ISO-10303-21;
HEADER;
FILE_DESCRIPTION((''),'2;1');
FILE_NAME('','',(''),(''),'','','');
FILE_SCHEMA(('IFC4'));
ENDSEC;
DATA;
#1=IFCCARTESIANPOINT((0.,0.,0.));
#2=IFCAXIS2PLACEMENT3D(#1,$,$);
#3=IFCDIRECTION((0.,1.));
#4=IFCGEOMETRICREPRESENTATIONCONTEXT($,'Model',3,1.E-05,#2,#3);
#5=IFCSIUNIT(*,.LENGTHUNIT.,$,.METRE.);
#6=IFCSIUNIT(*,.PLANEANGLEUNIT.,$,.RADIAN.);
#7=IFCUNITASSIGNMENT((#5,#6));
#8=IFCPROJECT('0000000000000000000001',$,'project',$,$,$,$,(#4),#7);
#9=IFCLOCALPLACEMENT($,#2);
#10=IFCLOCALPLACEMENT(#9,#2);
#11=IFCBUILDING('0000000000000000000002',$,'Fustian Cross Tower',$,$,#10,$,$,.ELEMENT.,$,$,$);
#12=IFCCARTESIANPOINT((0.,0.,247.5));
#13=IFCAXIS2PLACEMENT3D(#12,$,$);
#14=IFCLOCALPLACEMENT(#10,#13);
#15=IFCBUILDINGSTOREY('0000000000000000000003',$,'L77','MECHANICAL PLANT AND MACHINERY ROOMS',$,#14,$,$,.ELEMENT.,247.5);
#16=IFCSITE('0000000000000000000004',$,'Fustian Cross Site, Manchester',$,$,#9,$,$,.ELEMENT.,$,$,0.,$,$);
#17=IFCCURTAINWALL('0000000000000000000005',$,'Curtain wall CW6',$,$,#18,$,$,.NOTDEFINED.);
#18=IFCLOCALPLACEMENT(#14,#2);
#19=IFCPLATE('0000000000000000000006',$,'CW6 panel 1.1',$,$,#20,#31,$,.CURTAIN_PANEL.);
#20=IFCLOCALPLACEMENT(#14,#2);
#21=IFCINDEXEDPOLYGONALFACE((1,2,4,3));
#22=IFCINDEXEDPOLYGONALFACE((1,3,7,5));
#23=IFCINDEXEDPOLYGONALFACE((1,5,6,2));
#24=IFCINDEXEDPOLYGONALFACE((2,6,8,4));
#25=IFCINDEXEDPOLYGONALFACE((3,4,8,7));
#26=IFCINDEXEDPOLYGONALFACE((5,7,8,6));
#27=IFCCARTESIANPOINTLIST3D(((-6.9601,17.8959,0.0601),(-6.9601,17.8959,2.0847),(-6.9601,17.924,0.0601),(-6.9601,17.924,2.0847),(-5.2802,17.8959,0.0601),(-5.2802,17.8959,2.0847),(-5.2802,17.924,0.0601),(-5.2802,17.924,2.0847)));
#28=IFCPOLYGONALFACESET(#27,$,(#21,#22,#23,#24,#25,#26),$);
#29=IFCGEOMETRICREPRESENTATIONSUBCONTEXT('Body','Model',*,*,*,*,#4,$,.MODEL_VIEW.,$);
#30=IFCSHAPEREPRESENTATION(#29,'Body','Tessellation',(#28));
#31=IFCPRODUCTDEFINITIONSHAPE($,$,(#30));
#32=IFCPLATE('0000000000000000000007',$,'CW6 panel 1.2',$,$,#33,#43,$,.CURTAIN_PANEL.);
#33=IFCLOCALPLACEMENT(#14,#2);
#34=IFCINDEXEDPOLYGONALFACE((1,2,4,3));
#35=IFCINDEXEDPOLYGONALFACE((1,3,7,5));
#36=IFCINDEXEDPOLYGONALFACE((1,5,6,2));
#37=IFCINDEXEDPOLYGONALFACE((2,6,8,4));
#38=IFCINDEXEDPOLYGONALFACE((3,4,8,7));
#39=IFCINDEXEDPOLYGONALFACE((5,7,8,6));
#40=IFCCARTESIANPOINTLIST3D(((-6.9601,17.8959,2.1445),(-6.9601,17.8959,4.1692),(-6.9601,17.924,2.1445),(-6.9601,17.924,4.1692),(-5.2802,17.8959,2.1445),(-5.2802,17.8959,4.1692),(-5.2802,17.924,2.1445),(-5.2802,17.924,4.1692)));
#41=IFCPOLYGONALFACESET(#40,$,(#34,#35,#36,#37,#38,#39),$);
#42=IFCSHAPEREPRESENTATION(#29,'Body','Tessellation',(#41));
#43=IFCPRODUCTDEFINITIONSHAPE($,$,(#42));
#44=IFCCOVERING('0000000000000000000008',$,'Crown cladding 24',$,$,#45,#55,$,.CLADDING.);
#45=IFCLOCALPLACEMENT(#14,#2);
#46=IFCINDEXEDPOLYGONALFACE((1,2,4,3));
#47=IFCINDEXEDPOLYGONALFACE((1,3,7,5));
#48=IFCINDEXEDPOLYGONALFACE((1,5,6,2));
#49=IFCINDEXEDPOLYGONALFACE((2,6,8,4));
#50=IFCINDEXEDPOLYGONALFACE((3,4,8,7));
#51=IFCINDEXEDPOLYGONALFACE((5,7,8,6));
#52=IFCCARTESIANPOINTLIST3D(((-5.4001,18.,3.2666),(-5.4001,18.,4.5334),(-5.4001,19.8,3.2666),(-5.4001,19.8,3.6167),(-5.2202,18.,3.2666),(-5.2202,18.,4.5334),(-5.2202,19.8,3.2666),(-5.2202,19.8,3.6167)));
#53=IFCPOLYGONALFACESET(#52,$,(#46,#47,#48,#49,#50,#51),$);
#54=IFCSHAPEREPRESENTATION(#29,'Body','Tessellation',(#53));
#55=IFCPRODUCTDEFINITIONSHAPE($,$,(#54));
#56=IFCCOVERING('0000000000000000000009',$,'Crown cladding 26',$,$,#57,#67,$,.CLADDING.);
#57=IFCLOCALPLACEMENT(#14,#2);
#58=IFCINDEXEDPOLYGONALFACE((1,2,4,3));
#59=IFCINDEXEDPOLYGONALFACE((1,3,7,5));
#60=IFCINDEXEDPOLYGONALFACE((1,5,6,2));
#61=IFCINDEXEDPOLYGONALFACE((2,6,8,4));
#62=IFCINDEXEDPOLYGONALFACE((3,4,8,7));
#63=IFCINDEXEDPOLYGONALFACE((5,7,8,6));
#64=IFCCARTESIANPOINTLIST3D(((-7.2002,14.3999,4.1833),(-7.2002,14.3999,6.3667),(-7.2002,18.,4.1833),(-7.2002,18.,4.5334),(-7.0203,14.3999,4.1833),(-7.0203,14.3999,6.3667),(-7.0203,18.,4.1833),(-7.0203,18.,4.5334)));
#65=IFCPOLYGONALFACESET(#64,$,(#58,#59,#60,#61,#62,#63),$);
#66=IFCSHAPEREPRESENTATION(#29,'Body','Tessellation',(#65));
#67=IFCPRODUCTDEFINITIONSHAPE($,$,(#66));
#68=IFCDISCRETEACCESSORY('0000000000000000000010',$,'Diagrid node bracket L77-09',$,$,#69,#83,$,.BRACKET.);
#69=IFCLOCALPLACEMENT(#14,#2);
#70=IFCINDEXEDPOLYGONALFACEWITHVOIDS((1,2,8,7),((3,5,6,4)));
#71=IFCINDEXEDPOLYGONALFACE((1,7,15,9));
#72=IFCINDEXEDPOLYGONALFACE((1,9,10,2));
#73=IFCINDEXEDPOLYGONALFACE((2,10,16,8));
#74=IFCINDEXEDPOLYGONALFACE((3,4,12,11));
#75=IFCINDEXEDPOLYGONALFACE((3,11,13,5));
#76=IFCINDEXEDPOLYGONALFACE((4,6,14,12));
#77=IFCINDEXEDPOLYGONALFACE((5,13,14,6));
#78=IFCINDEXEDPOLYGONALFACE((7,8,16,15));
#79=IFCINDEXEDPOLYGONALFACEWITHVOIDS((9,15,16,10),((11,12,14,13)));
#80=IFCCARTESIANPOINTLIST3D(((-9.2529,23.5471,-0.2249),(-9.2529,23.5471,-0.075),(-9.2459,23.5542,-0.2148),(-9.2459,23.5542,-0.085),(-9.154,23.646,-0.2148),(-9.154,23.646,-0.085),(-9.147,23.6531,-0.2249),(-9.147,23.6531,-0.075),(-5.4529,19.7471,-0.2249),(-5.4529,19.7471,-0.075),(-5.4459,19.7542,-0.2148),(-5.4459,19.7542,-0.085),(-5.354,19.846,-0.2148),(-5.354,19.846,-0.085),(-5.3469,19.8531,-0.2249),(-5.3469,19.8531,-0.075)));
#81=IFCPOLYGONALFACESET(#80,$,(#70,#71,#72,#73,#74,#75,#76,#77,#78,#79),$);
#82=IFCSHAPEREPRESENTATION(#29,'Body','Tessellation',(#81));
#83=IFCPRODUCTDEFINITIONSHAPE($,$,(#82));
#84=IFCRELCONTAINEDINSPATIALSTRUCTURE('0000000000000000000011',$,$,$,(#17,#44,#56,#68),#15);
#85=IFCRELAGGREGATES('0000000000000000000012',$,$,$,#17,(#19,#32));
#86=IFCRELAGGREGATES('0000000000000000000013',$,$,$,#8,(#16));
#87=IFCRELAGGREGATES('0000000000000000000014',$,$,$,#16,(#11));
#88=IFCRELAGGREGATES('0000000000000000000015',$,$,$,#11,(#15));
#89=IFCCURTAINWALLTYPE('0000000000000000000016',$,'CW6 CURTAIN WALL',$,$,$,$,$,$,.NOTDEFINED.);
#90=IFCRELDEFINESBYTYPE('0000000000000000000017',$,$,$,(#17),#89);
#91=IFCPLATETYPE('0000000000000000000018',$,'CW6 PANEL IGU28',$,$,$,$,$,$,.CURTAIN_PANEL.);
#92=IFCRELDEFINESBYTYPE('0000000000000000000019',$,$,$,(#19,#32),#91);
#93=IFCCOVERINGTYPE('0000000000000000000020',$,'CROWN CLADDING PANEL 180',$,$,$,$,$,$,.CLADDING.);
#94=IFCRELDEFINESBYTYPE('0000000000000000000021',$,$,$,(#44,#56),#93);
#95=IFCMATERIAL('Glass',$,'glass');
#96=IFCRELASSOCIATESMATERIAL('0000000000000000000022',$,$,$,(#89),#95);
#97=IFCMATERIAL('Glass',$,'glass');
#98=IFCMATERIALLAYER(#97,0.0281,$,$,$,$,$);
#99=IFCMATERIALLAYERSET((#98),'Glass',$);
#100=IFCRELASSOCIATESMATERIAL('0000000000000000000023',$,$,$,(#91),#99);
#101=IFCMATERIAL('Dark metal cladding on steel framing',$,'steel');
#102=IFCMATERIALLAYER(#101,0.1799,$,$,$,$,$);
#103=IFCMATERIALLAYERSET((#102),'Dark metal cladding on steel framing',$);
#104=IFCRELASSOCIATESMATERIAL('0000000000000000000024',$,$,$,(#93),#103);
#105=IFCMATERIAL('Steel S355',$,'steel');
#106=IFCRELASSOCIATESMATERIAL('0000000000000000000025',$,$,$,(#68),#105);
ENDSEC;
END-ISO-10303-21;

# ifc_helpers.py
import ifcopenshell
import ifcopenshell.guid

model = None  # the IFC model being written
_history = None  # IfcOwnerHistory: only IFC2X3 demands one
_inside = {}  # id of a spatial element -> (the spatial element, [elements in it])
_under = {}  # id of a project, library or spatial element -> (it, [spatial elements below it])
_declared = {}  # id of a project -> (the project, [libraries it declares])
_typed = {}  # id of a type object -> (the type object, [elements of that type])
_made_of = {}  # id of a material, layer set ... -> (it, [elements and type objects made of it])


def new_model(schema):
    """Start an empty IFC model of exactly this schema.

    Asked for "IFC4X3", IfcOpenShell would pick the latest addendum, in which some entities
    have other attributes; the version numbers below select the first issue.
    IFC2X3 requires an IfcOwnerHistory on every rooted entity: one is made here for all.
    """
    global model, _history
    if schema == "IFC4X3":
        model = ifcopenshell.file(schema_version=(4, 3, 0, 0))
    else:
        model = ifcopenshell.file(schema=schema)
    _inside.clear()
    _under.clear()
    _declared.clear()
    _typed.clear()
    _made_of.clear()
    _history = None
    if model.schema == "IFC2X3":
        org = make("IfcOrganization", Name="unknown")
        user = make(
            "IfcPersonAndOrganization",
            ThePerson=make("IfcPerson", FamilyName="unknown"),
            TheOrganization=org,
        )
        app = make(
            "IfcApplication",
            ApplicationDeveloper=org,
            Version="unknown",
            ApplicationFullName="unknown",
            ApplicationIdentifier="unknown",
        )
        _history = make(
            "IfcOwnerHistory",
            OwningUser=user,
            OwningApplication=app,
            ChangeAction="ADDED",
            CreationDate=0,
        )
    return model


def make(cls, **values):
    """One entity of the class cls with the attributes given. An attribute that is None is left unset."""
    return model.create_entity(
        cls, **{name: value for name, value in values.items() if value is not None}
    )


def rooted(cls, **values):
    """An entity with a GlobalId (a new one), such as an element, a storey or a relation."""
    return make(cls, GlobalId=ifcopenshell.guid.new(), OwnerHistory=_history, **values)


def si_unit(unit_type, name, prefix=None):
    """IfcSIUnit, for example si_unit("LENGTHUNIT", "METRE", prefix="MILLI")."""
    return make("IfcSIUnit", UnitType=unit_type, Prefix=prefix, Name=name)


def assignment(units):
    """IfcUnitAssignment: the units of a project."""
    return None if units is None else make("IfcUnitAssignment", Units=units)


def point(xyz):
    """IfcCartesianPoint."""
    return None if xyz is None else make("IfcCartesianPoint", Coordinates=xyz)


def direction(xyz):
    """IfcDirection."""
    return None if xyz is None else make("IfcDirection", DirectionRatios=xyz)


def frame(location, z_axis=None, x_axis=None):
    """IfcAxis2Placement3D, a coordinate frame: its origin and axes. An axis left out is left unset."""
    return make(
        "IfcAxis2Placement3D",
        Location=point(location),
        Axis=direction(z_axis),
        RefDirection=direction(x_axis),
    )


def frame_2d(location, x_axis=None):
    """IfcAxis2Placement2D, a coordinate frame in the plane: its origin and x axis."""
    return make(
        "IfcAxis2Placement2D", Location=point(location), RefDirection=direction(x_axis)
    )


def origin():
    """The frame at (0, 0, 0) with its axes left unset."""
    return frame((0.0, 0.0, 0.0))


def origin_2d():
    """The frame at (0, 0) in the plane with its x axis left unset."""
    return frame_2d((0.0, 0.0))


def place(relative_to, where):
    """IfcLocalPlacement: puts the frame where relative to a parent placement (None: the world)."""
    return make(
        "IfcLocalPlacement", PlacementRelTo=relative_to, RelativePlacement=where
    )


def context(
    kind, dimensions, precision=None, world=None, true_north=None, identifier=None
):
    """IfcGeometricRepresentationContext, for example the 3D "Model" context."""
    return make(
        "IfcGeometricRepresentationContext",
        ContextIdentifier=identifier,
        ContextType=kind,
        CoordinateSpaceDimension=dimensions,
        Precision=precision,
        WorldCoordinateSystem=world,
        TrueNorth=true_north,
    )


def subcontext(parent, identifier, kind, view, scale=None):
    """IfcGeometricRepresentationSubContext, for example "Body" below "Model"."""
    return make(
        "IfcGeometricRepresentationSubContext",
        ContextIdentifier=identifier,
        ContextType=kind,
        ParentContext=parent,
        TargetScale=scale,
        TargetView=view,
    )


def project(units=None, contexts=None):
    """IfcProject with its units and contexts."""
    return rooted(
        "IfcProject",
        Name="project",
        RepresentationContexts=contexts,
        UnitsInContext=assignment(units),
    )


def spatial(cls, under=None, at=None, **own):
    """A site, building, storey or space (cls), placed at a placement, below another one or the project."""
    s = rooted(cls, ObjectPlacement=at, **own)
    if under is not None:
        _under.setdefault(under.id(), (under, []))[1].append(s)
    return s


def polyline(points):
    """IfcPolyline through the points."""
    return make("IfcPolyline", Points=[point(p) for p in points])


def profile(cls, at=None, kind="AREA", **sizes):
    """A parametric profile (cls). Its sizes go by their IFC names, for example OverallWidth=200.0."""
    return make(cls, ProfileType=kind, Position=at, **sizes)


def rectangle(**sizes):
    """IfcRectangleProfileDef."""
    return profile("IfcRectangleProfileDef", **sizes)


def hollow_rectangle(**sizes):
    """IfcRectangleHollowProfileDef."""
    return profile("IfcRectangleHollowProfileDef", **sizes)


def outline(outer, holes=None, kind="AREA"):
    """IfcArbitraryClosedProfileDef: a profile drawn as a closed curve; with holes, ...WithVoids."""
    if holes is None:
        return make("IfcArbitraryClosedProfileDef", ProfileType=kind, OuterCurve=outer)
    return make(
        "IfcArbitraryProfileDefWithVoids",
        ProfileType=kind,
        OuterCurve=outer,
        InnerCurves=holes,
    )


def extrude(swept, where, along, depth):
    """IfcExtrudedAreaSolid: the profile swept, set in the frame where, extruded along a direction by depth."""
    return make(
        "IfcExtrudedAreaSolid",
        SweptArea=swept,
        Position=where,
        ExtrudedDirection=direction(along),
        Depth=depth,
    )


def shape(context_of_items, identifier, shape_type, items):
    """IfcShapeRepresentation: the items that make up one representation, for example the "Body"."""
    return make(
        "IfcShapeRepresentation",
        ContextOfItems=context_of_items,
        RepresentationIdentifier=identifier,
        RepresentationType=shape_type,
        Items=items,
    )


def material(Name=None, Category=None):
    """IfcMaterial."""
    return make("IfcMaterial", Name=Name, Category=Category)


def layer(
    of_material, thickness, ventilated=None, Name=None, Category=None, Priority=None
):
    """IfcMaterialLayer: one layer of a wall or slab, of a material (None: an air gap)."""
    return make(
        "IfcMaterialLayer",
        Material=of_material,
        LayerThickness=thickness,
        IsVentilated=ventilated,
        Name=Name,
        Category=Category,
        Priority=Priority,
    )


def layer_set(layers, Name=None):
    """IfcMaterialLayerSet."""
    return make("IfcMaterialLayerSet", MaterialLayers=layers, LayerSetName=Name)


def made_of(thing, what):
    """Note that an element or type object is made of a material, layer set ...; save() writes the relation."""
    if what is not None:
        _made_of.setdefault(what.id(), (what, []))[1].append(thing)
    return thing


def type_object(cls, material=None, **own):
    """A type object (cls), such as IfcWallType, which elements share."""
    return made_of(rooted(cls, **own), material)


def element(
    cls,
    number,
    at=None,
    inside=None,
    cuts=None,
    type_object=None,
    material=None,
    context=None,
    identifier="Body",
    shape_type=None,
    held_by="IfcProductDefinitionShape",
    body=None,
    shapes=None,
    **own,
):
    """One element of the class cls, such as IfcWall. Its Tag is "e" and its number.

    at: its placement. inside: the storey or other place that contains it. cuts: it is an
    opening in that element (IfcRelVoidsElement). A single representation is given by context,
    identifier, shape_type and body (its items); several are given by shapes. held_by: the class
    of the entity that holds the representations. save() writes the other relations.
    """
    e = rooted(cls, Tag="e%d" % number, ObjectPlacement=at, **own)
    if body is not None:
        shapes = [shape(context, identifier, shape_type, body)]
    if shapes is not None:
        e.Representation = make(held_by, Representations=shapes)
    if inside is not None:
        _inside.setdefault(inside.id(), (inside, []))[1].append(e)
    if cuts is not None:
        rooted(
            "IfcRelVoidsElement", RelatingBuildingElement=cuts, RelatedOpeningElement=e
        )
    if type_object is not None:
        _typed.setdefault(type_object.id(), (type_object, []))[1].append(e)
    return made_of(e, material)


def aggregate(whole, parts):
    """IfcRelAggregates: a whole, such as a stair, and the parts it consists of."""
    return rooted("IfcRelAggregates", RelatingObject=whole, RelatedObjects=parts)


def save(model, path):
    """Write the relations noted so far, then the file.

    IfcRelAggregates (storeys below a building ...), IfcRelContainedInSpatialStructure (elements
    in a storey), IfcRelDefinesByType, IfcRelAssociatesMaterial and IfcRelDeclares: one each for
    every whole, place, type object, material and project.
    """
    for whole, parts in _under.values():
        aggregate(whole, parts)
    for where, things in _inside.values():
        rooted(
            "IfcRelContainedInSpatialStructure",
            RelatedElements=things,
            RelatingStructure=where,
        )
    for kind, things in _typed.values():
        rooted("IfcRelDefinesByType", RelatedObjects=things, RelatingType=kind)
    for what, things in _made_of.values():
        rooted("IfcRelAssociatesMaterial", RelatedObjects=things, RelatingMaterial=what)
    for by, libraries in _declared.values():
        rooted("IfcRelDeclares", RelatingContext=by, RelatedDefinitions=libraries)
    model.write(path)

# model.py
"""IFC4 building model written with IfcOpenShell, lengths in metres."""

from ifc_helpers import new_model, si_unit, direction, frame, origin, origin_2d, place, context, subcontext, project, spatial, polyline, rectangle, hollow_rectangle, outline, extrude, material, layer, layer_set, type_object, element, aggregate, save


model = new_model("IFC4")

# Units and contexts
model_context = context("Model", 3, precision=1e-05, world=origin(), true_north=direction((0.0, 1.0)))
body_context = subcontext(model_context, "Body", "Model", "MODEL_VIEW")
ifc_project = project(units=[si_unit("LENGTHUNIT", "METRE"), si_unit("PLANEANGLEUNIT", "RADIAN")], contexts=[model_context])

# Site, building, storey
site_placement = place(None, origin())
site = spatial("IfcSite", under=ifc_project, at=site_placement, Name="Fustian Cross Site, Manchester", CompositionType="ELEMENT", RefElevation=0.0)
building_placement = place(site_placement, origin())
building = spatial("IfcBuilding", under=site, at=building_placement, Name="Fustian Cross Tower", CompositionType="ELEMENT")
storey_placement = place(building_placement, frame((0.0, 0.0, 247.5)))
storey = spatial("IfcBuildingStorey", under=building, at=storey_placement, Name="L77", Description="MECHANICAL PLANT AND MACHINERY ROOMS", CompositionType="ELEMENT", Elevation=247.5)

# Curtain wall
ifc_material_1 = material(Name="Glass", Category="glass")
curtain_wall_type = type_object("IfcCurtainWallType", Name="CW6 CURTAIN WALL", PredefinedType="NOTDEFINED", material=ifc_material_1)
curtain_wall_1_placement = place(storey_placement, origin())
curtain_wall_1 = element("IfcCurtainWall", 1, at=curtain_wall_1_placement, inside=storey, type_object=curtain_wall_type, Name="Curtain wall CW6", PredefinedType="NOTDEFINED")

# Plates
ifc_material_2 = material(Name="Glass", Category="glass")
ifc_layer_1 = layer(ifc_material_2, 0.0281)
ifc_layer_set_1 = layer_set([ifc_layer_1], Name="Glass")
plate_type = type_object("IfcPlateType", Name="CW6 PANEL IGU28", PredefinedType="CURTAIN_PANEL", material=ifc_layer_set_1)
plate_1_placement = place(storey_placement, frame((-6.1201, 17.9099, 0.0601), z_axis=(0.0, 0.0, 1.0), x_axis=(-1.0, 0.0, 0.0)))
plate_1 = element("IfcPlate", 2, at=plate_1_placement, type_object=plate_type, Name="CW6 panel 1.1", PredefinedType="CURTAIN_PANEL", context=body_context, shape_type="SweptSolid", body=[
    extrude(rectangle(XDim=1.6799, YDim=0.0281, at=origin_2d()), origin(), (0.0, 0.0, 1.0), 2.0247),
])
plate_2_placement = place(storey_placement, frame((-6.1201, 17.9099, 2.1445), z_axis=(0.0, 0.0, 1.0), x_axis=(-1.0, 0.0, 0.0)))
plate_2 = element("IfcPlate", 3, at=plate_2_placement, type_object=plate_type, Name="CW6 panel 1.2", PredefinedType="CURTAIN_PANEL", context=body_context, shape_type="SweptSolid", body=[
    extrude(rectangle(XDim=1.6799, YDim=0.0281, at=origin_2d()), origin(), (0.0, 0.0, 1.0), 2.0247),
])
aggregate(curtain_wall_1, [plate_1, plate_2])

# Coverings
ifc_material_3 = material(Name="Dark metal cladding on steel framing", Category="steel")
ifc_layer_2 = layer(ifc_material_3, 0.1799)
ifc_layer_set_2 = layer_set([ifc_layer_2], Name="Dark metal cladding on steel framing")
covering_type = type_object("IfcCoveringType", Name="CROWN CLADDING PANEL 180", PredefinedType="CLADDING", material=ifc_layer_set_2)
covering_1_placement = place(storey_placement, frame((-5.3101, 19.8, 3.2666), z_axis=(0.0, 0.0, 1.0), x_axis=(0.0, -1.0, 0.0)))
element("IfcCovering", 4, at=covering_1_placement, inside=storey, type_object=covering_type, Name="Crown cladding 24", PredefinedType="CLADDING", context=body_context, shape_type="SweptSolid", body=[
    extrude(outline(polyline([(0.0, 0.0), (1.8, 0.0), (1.8, 1.2668), (0.0, 0.3501), (0.0, 0.0)])), frame((0.0, 0.0898, 0.0), z_axis=(0.0, -1.0, 0.0), x_axis=(1.0, 0.0, 0.0)), (0.0, 0.0, 1.0), 0.1799),
])
covering_2_placement = place(storey_placement, frame((-7.1101, 18.0, 4.1833), z_axis=(0.0, 0.0, 1.0), x_axis=(0.0, -1.0, 0.0)))
element("IfcCovering", 5, at=covering_2_placement, inside=storey, type_object=covering_type, Name="Crown cladding 26", PredefinedType="CLADDING", context=body_context, shape_type="SweptSolid", body=[
    extrude(outline(polyline([(0.0, 0.0), (3.6001, 0.0), (3.6001, 2.1833), (0.0, 0.3501), (0.0, 0.0)])), frame((0.0, 0.0898, 0.0), z_axis=(0.0, -1.0, 0.0), x_axis=(1.0, 0.0, 0.0)), (0.0, 0.0, 1.0), 0.1799),
])

# Discrete accessory
ifc_material_4 = material(Name="Steel S355", Category="steel")
discrete_accessory_placement = place(storey_placement, frame((-9.2, 23.6001, -0.1499), z_axis=(0.707107, -0.707107, 0.0), x_axis=(0.707107, 0.707107, 0.0)))
element("IfcDiscreteAccessory", 6, at=discrete_accessory_placement, inside=storey, material=ifc_material_4, Name="Diagrid node bracket L77-09", PredefinedType="BRACKET", context=body_context, shape_type="SweptSolid", body=[
    extrude(hollow_rectangle(XDim=0.1499, YDim=0.1499, WallThickness=0.01, at=origin_2d()), origin(), (0.0, 0.0, 1.0), 5.374),
])

save(model, "model.ifc")
